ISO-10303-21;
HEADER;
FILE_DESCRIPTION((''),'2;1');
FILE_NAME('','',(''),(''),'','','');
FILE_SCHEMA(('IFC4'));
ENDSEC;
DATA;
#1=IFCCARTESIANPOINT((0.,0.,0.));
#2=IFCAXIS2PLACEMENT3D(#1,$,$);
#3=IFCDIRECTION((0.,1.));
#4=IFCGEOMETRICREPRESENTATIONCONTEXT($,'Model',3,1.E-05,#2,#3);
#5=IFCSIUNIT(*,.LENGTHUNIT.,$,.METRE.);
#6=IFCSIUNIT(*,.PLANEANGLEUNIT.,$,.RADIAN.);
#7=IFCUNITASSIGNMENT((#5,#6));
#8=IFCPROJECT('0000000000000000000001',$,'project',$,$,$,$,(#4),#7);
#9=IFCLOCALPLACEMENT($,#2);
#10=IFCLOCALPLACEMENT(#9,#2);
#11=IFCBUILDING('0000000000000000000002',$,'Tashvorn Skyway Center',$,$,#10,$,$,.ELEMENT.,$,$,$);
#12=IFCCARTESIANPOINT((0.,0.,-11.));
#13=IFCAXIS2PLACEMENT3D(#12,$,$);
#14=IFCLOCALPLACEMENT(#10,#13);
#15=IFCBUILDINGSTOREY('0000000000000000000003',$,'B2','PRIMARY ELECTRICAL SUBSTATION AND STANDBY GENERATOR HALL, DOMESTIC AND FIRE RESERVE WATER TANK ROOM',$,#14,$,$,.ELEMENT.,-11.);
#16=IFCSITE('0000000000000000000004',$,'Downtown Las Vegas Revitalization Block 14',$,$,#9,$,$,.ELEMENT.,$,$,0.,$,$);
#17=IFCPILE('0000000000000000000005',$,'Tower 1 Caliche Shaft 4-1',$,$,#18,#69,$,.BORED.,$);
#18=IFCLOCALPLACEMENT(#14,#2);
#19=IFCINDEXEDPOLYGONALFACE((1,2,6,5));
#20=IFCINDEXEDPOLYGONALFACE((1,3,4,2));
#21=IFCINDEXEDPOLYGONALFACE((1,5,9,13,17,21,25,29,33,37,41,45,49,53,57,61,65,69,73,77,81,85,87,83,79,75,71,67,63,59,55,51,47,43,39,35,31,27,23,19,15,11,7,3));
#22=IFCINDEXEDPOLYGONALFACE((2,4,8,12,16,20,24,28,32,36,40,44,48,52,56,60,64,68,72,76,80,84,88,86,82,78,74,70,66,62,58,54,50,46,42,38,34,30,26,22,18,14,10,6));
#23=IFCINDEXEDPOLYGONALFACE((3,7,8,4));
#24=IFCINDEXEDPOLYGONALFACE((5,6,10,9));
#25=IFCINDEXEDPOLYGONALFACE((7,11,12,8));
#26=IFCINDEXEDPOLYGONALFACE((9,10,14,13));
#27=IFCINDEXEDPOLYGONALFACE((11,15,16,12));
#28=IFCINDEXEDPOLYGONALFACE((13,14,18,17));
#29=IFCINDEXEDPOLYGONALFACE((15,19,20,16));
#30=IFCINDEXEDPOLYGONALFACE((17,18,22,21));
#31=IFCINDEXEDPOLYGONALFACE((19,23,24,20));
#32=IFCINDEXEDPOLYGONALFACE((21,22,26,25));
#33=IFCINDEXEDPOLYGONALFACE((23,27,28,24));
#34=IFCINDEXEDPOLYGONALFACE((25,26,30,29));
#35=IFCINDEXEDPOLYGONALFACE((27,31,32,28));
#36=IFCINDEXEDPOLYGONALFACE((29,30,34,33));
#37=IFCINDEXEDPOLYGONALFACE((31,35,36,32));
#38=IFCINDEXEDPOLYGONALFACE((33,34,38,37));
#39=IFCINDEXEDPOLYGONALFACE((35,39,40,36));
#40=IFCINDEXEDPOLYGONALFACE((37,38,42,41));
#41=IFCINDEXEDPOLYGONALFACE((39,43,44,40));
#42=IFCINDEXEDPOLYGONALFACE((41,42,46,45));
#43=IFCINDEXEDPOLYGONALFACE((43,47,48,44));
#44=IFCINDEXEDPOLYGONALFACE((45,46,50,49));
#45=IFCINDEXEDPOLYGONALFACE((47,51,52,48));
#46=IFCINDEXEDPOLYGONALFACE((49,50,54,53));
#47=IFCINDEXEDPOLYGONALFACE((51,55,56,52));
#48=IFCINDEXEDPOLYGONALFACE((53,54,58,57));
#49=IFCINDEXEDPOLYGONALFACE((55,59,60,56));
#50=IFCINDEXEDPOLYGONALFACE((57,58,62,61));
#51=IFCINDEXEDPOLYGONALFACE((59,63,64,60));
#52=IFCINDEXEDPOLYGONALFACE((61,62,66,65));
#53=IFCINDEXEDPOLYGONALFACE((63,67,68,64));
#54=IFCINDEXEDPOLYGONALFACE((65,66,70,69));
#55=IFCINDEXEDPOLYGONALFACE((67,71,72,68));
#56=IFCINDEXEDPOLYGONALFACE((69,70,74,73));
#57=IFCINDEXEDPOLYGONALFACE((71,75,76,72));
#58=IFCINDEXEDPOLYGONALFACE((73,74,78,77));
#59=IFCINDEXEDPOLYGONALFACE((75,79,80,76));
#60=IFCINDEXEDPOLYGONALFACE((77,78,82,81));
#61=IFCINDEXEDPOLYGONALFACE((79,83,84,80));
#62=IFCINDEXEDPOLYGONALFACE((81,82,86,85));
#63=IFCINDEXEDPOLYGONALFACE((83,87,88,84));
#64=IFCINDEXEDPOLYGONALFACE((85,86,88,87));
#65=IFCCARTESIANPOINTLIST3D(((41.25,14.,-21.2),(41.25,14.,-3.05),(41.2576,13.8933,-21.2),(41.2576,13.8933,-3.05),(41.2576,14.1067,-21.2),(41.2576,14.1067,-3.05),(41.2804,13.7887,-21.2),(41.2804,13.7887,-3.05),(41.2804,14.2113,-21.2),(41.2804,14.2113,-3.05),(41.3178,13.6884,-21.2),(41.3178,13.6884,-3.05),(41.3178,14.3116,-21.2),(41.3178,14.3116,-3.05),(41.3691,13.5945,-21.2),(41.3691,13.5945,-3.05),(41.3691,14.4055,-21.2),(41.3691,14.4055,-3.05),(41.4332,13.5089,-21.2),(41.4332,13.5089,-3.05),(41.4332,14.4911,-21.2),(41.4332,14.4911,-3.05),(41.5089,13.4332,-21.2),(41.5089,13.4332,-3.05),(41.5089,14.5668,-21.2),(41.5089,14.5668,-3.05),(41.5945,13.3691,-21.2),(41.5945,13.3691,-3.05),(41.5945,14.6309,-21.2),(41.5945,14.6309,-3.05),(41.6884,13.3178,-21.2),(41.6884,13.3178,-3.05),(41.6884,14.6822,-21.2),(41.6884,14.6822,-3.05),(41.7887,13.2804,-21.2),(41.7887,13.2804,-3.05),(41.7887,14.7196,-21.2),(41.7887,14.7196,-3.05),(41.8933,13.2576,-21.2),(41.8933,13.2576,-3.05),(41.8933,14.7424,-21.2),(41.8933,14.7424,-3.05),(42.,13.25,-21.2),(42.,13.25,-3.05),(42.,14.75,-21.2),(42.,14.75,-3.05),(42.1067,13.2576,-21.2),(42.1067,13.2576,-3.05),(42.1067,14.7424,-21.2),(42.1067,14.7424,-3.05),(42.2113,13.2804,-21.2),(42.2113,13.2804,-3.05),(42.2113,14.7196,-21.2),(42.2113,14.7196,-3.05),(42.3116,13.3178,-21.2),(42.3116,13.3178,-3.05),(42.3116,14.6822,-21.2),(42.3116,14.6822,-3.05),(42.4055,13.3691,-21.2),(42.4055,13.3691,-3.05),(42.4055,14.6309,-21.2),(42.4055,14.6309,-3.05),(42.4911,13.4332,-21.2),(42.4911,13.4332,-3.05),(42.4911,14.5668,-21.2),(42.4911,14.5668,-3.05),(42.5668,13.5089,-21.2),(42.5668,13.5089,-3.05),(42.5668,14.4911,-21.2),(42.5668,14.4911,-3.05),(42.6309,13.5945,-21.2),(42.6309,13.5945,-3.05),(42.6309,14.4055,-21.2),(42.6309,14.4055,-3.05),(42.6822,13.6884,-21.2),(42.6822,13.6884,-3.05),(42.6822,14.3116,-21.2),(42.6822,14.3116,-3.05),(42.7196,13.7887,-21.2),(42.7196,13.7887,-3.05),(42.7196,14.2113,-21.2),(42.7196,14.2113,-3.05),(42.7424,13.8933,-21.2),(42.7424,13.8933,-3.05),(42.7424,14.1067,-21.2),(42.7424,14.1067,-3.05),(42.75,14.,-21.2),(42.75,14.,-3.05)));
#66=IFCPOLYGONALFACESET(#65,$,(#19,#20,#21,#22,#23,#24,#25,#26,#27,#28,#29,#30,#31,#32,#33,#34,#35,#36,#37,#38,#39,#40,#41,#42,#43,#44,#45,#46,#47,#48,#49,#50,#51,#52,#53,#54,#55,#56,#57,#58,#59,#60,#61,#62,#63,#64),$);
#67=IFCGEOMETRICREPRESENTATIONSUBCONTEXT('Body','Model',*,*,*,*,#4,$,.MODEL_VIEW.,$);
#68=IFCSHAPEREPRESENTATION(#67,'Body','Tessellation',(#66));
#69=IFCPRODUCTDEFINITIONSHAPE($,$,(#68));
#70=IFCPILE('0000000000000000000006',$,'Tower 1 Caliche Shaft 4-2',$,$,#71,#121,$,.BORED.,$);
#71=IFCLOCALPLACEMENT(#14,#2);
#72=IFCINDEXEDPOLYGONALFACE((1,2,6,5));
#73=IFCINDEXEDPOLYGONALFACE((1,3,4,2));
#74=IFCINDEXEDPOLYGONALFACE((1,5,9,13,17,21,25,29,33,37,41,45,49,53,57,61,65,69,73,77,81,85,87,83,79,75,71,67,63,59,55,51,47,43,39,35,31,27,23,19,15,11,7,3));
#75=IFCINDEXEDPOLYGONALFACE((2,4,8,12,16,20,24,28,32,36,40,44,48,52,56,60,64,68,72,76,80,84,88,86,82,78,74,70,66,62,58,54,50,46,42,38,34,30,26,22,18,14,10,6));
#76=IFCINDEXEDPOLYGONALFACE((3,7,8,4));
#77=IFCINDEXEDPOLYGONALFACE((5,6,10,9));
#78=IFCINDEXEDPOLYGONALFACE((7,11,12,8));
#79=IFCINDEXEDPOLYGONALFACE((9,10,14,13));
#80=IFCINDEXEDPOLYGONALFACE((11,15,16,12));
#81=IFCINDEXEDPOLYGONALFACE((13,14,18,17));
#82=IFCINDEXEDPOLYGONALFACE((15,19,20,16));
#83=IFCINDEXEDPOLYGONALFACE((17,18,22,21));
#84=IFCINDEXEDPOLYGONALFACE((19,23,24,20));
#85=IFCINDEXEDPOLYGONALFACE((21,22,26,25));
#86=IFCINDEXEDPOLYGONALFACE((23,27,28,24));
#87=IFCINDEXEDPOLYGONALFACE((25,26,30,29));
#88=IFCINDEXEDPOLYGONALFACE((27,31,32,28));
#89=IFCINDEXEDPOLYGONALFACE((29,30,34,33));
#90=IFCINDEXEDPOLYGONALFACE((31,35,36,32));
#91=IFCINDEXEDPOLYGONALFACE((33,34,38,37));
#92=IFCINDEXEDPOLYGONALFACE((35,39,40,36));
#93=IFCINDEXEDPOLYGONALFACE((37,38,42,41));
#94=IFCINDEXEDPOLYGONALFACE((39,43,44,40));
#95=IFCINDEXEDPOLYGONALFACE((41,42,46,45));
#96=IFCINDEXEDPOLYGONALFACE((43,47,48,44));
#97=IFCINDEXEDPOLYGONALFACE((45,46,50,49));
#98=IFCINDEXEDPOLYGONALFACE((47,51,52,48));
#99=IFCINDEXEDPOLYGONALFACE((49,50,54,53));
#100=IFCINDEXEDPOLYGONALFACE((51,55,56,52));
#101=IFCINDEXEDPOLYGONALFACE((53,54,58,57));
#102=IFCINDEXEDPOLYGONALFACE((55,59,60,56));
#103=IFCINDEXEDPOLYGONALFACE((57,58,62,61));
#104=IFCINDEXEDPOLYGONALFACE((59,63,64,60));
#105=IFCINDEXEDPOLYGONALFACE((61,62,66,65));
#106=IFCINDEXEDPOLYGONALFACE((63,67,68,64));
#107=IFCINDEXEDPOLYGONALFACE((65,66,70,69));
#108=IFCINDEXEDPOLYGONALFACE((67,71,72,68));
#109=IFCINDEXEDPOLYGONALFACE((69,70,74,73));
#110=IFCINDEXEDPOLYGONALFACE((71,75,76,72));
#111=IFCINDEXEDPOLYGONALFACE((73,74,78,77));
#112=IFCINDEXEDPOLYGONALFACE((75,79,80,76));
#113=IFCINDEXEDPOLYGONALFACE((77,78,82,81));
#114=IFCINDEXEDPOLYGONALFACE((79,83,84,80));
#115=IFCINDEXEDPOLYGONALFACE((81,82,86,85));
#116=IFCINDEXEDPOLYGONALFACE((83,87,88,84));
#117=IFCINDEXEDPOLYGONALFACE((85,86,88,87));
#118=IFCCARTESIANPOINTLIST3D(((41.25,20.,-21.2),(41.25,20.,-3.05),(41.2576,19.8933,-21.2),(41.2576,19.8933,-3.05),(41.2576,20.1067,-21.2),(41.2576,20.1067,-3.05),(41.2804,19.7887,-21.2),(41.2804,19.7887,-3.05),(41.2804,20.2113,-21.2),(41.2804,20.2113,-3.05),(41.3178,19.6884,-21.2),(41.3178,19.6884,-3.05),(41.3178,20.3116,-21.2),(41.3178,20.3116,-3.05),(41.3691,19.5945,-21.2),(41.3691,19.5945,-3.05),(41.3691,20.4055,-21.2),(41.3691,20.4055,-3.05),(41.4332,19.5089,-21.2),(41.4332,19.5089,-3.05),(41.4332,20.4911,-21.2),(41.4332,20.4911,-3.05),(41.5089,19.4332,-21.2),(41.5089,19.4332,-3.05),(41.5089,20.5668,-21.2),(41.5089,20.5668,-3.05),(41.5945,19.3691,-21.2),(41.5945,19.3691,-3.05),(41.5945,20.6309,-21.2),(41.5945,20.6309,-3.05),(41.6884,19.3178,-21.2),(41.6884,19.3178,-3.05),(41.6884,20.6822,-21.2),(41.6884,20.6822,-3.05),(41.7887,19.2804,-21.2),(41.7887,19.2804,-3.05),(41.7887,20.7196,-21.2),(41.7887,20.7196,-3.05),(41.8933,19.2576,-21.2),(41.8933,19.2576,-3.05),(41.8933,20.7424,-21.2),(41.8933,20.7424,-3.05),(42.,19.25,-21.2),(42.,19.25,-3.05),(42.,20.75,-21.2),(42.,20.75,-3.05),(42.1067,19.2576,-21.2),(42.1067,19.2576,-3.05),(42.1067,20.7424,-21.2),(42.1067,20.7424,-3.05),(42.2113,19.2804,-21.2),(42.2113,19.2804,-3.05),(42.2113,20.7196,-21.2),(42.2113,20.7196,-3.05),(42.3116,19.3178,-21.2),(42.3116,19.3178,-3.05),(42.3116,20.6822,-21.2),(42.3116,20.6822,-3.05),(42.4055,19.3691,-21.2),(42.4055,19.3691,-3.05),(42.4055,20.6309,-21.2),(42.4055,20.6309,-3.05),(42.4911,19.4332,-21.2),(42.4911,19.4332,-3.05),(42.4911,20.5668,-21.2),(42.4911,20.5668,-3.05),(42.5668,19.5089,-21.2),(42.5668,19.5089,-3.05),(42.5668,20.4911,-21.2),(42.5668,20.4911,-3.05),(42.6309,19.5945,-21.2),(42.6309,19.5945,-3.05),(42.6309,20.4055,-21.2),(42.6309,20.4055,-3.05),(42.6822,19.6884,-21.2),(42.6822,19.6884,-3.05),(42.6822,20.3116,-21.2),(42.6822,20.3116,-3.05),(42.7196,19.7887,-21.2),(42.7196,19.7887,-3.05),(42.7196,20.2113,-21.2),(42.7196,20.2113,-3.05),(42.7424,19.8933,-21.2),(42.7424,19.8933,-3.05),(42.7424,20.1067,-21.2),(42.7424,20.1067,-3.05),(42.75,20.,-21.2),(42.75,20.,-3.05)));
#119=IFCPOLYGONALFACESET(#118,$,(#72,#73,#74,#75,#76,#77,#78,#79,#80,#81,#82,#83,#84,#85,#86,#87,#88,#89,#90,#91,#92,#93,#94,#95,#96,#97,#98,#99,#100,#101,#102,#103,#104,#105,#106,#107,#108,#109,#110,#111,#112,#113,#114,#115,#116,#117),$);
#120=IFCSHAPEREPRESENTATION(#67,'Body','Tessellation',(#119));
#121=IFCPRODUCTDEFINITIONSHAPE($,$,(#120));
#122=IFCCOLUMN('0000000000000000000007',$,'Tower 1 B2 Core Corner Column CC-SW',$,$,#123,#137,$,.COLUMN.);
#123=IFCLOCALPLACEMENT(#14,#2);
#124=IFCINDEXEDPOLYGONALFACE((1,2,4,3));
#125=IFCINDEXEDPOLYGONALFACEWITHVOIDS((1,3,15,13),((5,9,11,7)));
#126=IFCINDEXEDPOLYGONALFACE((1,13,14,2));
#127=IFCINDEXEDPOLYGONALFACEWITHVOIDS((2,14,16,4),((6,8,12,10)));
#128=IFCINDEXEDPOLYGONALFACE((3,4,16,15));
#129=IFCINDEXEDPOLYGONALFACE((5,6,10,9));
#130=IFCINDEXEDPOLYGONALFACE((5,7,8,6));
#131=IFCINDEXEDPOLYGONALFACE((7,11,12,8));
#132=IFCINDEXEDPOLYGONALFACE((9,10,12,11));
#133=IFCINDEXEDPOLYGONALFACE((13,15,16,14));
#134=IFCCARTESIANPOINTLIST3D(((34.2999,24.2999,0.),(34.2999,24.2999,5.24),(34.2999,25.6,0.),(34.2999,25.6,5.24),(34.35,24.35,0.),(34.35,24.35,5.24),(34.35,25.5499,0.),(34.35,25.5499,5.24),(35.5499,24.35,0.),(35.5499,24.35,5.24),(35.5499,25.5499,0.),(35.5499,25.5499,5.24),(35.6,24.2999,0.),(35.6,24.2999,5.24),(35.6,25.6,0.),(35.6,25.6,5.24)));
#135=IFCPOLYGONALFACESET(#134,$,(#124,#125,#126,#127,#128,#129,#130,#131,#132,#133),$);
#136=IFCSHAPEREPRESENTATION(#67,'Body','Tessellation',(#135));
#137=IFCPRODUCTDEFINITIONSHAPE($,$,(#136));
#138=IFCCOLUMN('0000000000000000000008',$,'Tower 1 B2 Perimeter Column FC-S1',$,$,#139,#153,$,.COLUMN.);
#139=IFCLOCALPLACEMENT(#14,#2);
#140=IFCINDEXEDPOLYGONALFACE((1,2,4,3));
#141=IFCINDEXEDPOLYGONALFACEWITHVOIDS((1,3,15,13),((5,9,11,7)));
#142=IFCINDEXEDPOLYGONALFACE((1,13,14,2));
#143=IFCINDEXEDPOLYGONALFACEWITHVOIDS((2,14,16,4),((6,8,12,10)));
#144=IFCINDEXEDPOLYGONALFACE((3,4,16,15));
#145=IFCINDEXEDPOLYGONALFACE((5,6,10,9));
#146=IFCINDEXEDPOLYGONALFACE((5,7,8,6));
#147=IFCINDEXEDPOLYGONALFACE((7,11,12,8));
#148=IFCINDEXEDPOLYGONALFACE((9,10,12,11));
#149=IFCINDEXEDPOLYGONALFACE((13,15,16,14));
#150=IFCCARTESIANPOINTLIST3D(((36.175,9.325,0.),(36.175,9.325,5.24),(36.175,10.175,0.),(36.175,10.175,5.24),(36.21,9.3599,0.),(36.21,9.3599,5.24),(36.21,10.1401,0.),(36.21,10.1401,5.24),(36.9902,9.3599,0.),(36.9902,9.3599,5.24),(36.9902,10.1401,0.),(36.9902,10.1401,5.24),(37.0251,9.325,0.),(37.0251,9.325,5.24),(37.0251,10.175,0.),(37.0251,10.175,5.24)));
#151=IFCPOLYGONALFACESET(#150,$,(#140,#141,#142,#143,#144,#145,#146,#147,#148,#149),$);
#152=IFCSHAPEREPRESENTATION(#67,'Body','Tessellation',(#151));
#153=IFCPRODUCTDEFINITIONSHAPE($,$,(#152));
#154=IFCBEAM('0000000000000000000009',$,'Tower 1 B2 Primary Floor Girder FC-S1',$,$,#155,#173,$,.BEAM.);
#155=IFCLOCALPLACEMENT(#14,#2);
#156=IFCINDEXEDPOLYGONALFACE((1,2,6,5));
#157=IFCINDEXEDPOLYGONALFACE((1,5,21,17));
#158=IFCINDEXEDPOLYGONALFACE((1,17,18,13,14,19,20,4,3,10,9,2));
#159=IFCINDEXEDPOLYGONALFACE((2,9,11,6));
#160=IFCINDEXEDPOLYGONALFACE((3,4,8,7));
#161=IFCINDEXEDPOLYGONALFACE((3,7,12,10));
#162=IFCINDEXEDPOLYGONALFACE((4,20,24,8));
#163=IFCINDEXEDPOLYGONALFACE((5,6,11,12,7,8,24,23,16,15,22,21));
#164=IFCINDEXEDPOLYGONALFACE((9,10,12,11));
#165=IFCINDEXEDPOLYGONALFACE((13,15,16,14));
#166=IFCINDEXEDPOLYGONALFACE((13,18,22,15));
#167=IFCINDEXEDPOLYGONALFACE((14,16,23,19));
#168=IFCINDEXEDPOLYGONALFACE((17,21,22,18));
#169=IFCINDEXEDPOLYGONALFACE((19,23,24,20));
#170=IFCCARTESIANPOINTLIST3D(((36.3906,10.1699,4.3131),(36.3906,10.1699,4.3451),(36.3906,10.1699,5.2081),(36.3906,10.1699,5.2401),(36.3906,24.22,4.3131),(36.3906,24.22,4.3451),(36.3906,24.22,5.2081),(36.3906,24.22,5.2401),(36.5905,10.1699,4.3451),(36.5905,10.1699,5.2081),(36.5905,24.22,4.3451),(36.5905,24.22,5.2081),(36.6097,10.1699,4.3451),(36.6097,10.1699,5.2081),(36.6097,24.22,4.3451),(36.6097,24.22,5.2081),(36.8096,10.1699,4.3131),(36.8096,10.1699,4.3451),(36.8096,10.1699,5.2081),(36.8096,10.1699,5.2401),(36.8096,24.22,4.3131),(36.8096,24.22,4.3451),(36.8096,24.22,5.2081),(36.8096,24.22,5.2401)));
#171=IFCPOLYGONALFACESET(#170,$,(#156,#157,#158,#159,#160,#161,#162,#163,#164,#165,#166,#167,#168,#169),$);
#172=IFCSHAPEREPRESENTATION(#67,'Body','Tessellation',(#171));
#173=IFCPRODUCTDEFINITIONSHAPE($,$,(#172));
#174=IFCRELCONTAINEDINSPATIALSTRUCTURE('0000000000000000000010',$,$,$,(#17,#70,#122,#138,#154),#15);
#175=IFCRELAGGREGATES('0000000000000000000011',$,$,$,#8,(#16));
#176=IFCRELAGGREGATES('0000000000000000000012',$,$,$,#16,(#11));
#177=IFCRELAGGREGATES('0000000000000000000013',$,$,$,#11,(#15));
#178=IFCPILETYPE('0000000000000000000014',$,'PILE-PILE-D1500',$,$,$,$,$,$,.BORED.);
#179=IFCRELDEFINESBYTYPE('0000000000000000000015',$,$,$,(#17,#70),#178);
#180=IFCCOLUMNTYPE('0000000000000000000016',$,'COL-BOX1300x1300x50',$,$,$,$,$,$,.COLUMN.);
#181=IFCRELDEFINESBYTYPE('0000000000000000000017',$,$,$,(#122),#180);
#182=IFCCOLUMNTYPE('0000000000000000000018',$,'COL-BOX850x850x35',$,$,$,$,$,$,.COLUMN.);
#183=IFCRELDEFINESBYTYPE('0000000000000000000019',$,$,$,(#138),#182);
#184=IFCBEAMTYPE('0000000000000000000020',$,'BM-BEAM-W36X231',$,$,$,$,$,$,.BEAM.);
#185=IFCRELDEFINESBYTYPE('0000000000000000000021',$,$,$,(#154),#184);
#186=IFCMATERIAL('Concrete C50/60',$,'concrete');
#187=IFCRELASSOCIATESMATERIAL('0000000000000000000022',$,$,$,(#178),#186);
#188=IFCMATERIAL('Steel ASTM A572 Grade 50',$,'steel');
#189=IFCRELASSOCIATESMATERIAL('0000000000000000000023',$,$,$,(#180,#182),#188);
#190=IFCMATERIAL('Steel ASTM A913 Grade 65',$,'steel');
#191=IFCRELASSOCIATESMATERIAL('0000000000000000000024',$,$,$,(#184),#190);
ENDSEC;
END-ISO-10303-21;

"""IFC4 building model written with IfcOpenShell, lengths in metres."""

from ifc_helpers import new_model, si_unit, direction, frame, origin, origin_2d, place, context, subcontext, project, spatial, hollow_rectangle, circle, i_section, extrude, material, material_profile, profile_set, type_object, element, save


model = new_model("IFC4")

# Units and contexts
model_context = context("Model", 3, precision=1e-05, world=origin(), true_north=direction((0.0, 1.0)))
body_context = subcontext(model_context, "Body", "Model", "MODEL_VIEW")
ifc_project = project(units=[si_unit("LENGTHUNIT", "METRE"), si_unit("PLANEANGLEUNIT", "RADIAN")], contexts=[model_context])

# Site, building, storey
site_placement = place(None, origin())
site = spatial("IfcSite", under=ifc_project, at=site_placement, Name="Downtown Las Vegas Revitalization Block 14", CompositionType="ELEMENT", RefElevation=0.0)
building_placement = place(site_placement, origin())
building = spatial("IfcBuilding", under=site, at=building_placement, Name="Tashvorn Skyway Center", CompositionType="ELEMENT")
storey_placement = place(building_placement, frame((0.0, 0.0, -11.0)))
storey = spatial("IfcBuildingStorey", under=building, at=storey_placement, Name="B2", Description="PRIMARY ELECTRICAL SUBSTATION AND STANDBY GENERATOR HALL, DOMESTIC AND FIRE RESERVE WATER TANK ROOM", CompositionType="ELEMENT", Elevation=-11.0)

# Piles
ifc_material_1 = material(Name="Concrete C50/60", Category="concrete")
ifc_material_profile_1 = material_profile(ifc_material_1, circle(Radius=0.75, at=origin_2d()), Name="PILE-D1500")
ifc_profile_set_1 = profile_set([ifc_material_profile_1], Name="Concrete C50/60")
pile_type = type_object("IfcPileType", Name="PILE-PILE-D1500", PredefinedType="BORED", material=ifc_profile_set_1)
for number, where, z_axis, x_axis, name in (
    (1, (42.0, 14.0, -3.05), (0.0, 0.0, -1.0), (1.0, 0.0, 0.0), "Tower 1 Caliche Shaft 4-1"),
    (2, (42.0, 20.0, -3.05), (0.0, 0.0, -1.0), (1.0, 0.0, 0.0), "Tower 1 Caliche Shaft 4-2"),
):
    element("IfcPile", number, at=place(storey_placement, frame(where, z_axis=z_axis, x_axis=x_axis)), inside=storey, type_object=pile_type, Name=name, PredefinedType="BORED", context=body_context, shape_type="SweptSolid", body=[
        extrude(circle(Radius=0.75, at=origin_2d()), origin(), (0.0, 0.0, 1.0), 18.1499),
    ])

# Columns
ifc_material_2 = material(Name="Steel ASTM A572 Grade 50", Category="steel")
ifc_material_profile_2 = material_profile(ifc_material_2, hollow_rectangle(XDim=1.3, YDim=1.3, WallThickness=0.05, at=origin_2d()), Name="BOX1300x1300x50")
ifc_profile_set_2 = profile_set([ifc_material_profile_2], Name="Steel ASTM A572 Grade 50")
column_type_1 = type_object("IfcColumnType", Name="COL-BOX1300x1300x50", PredefinedType="COLUMN", material=ifc_profile_set_2)
column_1_placement = place(storey_placement, frame((34.95, 24.95, 0.0), z_axis=(0.0, 0.0, 1.0), x_axis=(1.0, 0.0, 0.0)))
element("IfcColumn", 3, at=column_1_placement, inside=storey, type_object=column_type_1, Name="Tower 1 B2 Core Corner Column CC-SW", PredefinedType="COLUMN", context=body_context, shape_type="SweptSolid", body=[
    extrude(hollow_rectangle(XDim=1.3, YDim=1.3, WallThickness=0.05, at=origin_2d()), origin(), (0.0, 0.0, 1.0), 5.24),
])
ifc_material_profile_3 = material_profile(ifc_material_2, hollow_rectangle(XDim=0.8501, YDim=0.8501, WallThickness=0.0349, at=origin_2d()), Name="BOX850x850x35")
ifc_profile_set_3 = profile_set([ifc_material_profile_3], Name="Steel ASTM A572 Grade 50")
column_type_2 = type_object("IfcColumnType", Name="COL-BOX850x850x35", PredefinedType="COLUMN", material=ifc_profile_set_3)
column_2_placement = place(storey_placement, frame((36.6001, 9.75, 0.0), z_axis=(0.0, 0.0, 1.0), x_axis=(1.0, 0.0, 0.0)))
element("IfcColumn", 4, at=column_2_placement, inside=storey, type_object=column_type_2, Name="Tower 1 B2 Perimeter Column FC-S1", PredefinedType="COLUMN", context=body_context, shape_type="SweptSolid", body=[
    extrude(hollow_rectangle(XDim=0.8501, YDim=0.8501, WallThickness=0.0349, at=origin_2d()), origin(), (0.0, 0.0, 1.0), 5.24),
])

# Beam
ifc_material_3 = material(Name="Steel ASTM A913 Grade 65", Category="steel")
ifc_material_profile_4 = material_profile(ifc_material_3, i_section(OverallWidth=0.4189, OverallDepth=0.927, WebThickness=0.0193, FlangeThickness=0.032, at=origin_2d()), Name="W36X231")
ifc_profile_set_4 = profile_set([ifc_material_profile_4], Name="Steel ASTM A913 Grade 65")
beam_type_1 = type_object("IfcBeamType", Name="BM-BEAM-W36X231", PredefinedType="BEAM", material=ifc_profile_set_4)
beam_1_placement = place(storey_placement, frame((36.6001, 10.1699, 4.7766), z_axis=(0.0, 1.0, 0.0), x_axis=(-1.0, 0.0, 0.0)))
element("IfcBeam", 5, at=beam_1_placement, inside=storey, type_object=beam_type_1, Name="Tower 1 B2 Primary Floor Girder FC-S1", PredefinedType="BEAM", context=body_context, shape_type="SweptSolid", body=[
    extrude(i_section(OverallWidth=0.4189, OverallDepth=0.927, WebThickness=0.0193, FlangeThickness=0.032, at=origin_2d()), origin(), (0.0, 0.0, 1.0), 14.05),
])

save(model, "model.ifc")
